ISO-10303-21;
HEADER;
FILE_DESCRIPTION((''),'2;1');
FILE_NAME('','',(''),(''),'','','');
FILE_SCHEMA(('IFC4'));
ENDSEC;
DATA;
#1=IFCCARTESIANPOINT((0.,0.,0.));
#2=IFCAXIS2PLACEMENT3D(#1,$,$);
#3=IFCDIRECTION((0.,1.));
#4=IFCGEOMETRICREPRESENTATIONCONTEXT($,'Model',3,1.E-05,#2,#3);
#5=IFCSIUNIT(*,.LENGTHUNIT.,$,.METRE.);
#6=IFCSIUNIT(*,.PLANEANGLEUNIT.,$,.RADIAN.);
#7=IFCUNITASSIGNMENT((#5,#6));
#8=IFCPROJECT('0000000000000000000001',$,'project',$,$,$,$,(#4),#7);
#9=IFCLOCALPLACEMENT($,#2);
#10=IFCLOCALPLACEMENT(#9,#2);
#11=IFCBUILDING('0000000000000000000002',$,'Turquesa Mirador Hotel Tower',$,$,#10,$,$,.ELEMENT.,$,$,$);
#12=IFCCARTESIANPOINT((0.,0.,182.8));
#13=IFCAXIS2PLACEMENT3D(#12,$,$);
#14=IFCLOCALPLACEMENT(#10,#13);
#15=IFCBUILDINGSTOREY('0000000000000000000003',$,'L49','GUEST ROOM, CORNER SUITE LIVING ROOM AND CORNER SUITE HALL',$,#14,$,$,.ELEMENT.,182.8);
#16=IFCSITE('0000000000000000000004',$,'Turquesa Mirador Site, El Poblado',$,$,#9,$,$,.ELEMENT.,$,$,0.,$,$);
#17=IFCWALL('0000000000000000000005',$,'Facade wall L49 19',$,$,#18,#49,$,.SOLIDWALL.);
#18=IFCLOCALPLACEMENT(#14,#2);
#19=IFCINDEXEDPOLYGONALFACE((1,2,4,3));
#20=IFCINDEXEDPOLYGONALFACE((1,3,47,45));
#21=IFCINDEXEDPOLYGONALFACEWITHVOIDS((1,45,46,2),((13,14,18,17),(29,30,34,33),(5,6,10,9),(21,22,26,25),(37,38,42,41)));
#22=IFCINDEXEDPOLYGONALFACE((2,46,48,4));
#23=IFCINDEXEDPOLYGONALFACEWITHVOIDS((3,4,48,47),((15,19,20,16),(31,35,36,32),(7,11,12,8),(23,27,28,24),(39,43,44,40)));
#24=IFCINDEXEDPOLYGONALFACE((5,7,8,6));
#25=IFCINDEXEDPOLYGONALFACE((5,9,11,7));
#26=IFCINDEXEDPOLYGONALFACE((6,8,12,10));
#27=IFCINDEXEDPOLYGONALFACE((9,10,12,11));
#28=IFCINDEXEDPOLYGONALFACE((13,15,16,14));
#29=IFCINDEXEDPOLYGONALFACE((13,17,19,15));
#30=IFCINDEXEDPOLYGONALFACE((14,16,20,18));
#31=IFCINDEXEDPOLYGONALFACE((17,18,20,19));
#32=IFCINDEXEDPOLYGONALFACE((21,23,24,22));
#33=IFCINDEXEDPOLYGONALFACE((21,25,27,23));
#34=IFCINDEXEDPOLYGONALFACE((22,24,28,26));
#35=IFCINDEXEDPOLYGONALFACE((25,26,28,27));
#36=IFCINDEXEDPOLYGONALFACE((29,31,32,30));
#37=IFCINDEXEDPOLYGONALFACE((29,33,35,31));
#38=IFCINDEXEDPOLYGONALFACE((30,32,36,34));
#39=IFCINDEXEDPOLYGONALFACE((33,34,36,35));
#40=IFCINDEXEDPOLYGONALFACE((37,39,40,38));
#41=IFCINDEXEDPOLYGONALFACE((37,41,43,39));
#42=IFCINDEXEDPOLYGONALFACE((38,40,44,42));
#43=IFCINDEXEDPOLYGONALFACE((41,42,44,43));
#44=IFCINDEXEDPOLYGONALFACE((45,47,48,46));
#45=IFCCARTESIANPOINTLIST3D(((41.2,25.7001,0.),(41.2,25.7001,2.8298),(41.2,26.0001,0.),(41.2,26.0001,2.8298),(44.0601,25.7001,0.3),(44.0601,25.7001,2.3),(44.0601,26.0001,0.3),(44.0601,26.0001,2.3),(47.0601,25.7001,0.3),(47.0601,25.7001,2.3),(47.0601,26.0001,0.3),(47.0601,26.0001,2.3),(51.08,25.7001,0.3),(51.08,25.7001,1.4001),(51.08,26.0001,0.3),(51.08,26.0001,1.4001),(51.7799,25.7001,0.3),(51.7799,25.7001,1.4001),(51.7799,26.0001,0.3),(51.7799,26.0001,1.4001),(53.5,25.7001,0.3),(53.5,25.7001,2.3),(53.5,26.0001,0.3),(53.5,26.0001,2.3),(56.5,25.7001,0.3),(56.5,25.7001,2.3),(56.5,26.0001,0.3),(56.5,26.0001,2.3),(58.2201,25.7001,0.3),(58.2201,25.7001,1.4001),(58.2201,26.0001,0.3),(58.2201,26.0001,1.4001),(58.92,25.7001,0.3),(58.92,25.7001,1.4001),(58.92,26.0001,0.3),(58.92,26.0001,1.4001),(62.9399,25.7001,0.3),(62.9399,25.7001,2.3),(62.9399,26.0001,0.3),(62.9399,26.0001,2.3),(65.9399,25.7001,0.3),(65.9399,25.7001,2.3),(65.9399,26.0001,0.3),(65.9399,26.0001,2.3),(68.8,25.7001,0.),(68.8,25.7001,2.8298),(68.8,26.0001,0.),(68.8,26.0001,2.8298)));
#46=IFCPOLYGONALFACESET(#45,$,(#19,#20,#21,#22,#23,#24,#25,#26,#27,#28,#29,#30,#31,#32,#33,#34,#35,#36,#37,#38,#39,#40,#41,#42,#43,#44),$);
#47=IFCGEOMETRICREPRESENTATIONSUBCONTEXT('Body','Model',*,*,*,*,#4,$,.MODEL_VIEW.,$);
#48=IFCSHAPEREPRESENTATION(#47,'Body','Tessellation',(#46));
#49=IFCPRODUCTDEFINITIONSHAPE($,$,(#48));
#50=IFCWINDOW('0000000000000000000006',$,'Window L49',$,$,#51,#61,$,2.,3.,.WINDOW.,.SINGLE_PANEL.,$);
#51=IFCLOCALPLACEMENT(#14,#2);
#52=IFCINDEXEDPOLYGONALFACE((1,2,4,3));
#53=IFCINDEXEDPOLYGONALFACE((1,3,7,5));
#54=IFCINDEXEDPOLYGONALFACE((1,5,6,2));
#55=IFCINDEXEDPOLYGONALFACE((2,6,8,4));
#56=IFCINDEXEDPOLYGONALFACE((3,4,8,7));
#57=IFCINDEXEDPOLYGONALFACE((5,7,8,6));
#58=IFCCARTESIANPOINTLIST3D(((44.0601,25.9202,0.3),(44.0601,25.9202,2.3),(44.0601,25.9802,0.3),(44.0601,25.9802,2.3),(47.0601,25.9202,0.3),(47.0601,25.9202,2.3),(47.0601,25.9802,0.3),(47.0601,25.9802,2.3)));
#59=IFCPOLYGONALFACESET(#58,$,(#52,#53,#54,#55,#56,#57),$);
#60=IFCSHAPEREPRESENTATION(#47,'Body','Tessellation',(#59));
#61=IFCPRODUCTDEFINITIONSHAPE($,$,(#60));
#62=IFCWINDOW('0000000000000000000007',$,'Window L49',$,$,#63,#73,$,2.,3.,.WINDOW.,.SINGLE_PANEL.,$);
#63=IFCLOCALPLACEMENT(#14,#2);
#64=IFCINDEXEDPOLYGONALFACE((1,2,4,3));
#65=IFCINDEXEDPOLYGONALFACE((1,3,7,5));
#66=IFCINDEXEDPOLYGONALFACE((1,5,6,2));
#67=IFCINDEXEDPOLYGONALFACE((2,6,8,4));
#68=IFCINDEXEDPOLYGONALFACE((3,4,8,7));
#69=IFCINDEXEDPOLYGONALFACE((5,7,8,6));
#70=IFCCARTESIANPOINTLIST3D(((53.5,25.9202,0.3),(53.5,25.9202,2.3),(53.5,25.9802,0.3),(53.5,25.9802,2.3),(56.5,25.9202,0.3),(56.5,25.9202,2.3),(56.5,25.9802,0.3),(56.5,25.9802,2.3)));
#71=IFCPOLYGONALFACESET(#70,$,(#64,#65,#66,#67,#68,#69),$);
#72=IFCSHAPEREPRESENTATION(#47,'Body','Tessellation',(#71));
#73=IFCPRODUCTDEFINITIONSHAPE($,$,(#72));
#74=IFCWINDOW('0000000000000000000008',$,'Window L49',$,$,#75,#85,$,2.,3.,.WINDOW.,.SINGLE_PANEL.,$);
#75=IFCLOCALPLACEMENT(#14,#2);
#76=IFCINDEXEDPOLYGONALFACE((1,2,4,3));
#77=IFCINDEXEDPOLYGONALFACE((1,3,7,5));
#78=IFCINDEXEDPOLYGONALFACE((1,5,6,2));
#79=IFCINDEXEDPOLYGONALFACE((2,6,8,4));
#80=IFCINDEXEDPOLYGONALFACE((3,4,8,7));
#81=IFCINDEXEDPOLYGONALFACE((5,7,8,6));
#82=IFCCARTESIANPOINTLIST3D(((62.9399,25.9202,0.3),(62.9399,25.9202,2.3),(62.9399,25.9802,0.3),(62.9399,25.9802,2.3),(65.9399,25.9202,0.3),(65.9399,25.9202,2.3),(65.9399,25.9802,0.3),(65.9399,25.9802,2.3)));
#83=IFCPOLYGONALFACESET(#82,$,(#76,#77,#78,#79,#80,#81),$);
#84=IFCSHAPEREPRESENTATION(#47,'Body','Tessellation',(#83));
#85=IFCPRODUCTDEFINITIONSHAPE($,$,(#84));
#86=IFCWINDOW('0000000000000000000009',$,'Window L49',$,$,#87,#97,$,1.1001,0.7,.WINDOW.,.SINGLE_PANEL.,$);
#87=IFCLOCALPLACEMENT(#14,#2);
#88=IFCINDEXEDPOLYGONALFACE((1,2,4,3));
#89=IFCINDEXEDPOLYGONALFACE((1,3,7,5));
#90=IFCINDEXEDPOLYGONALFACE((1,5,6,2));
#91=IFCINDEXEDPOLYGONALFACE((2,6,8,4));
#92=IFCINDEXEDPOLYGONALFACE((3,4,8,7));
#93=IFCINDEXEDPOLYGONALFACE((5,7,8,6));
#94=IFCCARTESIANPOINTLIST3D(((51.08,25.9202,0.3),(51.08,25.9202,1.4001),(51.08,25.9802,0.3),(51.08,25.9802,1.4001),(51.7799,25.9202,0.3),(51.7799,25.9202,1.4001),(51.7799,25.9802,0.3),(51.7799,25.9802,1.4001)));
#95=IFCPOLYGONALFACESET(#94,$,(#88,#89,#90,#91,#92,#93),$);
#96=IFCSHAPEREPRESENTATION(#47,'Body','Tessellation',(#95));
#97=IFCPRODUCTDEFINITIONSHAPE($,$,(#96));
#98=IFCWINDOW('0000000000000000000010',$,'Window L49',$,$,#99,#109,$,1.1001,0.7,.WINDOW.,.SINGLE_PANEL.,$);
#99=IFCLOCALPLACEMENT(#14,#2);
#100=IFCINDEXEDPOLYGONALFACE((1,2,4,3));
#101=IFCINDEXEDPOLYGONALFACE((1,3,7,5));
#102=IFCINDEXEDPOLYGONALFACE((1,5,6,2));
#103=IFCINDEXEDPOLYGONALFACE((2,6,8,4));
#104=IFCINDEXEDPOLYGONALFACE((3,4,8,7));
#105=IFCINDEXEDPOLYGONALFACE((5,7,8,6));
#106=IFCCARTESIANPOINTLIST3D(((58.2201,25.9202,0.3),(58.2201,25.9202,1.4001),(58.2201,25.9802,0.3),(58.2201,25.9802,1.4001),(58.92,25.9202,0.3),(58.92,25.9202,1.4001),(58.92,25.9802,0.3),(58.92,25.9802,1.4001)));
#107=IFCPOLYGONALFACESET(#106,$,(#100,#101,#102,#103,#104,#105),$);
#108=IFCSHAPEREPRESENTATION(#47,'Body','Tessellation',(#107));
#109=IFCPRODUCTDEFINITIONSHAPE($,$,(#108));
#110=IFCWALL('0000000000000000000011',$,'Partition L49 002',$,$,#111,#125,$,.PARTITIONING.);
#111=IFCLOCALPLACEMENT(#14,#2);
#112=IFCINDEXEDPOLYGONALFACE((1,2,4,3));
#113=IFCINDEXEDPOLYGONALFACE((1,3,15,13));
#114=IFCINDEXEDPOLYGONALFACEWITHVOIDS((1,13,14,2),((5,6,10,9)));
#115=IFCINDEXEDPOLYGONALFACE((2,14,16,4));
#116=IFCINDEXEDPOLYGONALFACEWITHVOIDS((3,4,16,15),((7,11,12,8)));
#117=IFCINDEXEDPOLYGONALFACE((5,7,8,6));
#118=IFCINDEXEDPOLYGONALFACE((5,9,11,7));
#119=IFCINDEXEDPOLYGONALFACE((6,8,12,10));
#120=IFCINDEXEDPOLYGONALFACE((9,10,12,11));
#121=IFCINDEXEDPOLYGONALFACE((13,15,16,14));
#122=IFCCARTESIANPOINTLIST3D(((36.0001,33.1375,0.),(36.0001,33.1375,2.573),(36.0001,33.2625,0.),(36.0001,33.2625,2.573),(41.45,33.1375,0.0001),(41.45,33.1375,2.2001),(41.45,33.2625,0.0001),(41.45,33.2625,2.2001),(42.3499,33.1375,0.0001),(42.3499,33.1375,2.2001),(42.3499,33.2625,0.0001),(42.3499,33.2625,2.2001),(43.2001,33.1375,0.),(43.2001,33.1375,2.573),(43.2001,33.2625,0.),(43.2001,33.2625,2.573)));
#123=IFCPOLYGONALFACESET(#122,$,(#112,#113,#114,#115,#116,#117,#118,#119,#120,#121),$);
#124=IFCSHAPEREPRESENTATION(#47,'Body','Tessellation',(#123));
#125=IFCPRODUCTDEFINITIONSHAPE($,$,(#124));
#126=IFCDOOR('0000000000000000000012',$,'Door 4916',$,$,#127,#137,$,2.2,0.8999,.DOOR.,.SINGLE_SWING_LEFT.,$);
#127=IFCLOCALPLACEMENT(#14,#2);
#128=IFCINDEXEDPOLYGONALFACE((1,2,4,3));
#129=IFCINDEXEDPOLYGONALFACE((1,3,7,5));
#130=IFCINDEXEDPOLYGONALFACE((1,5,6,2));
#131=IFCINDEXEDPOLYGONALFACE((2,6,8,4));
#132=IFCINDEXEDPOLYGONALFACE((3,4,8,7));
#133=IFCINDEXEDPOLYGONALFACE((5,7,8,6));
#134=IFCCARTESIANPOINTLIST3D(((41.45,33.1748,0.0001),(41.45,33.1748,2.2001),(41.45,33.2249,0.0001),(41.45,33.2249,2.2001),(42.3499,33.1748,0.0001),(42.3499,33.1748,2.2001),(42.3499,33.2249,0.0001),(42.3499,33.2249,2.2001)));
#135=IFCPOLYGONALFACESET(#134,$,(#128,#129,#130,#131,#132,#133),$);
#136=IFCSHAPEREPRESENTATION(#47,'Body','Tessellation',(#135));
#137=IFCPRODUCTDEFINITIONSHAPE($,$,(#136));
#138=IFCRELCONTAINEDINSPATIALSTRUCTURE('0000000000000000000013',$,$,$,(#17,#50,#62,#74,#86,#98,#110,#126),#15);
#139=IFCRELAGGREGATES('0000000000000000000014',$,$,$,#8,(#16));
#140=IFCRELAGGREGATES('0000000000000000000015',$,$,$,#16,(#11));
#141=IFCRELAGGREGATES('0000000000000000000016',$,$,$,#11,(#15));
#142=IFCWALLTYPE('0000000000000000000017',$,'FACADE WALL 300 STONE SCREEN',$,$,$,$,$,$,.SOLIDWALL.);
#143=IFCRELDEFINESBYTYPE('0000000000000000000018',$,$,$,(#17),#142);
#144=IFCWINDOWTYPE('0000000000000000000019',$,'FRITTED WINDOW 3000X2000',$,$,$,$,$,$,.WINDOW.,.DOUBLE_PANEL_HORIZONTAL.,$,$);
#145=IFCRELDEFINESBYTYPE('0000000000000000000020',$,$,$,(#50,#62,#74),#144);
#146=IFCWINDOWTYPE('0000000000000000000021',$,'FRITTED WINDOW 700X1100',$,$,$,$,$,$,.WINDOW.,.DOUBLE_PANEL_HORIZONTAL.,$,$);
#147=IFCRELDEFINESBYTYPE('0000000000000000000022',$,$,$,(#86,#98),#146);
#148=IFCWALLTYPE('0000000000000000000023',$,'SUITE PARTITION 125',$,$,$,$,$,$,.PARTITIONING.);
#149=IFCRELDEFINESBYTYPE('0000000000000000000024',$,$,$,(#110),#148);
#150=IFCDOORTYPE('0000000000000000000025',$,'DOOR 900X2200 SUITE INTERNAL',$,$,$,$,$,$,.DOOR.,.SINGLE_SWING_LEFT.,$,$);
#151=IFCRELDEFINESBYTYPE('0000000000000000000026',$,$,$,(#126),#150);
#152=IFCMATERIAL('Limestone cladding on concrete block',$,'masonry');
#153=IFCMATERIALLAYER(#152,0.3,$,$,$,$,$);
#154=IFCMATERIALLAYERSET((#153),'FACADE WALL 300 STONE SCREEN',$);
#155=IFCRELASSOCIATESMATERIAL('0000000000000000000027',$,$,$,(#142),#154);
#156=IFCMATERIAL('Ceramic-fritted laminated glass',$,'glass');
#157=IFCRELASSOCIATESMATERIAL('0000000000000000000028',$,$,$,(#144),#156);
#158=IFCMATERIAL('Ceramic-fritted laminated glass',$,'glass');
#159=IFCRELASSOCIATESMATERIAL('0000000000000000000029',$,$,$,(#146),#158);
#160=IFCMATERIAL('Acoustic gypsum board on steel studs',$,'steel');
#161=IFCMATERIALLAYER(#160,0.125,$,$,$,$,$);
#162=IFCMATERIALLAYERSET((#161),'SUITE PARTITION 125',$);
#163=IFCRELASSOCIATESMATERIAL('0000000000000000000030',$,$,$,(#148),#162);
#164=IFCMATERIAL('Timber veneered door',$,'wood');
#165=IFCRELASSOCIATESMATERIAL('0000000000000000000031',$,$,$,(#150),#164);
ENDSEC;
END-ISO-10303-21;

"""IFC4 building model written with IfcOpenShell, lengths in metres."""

from ifc_helpers import new_model, si_unit, direction, frame, frame_2d, origin, place, context, subcontext, project, spatial, rectangle, extrude, material, layer, layer_set, type_object, element, fill, save


model = new_model("IFC4")

# Units and contexts
model_context = context("Model", 3, precision=1e-05, world=origin(), true_north=direction((0.0, 1.0)))
body_context = subcontext(model_context, "Body", "Model", "MODEL_VIEW")
ifc_project = project(units=[si_unit("LENGTHUNIT", "METRE"), si_unit("PLANEANGLEUNIT", "RADIAN")], contexts=[model_context])

# Site, building, storey
site_placement = place(None, origin())
site = spatial("IfcSite", under=ifc_project, at=site_placement, Name="Turquesa Mirador Site, El Poblado", CompositionType="ELEMENT", RefElevation=0.0)
building_placement = place(site_placement, origin())
building = spatial("IfcBuilding", under=site, at=building_placement, Name="Turquesa Mirador Hotel Tower", CompositionType="ELEMENT")
storey_placement = place(building_placement, frame((0.0, 0.0, 182.8)))
storey = spatial("IfcBuildingStorey", under=building, at=storey_placement, Name="L49", Description="GUEST ROOM, CORNER SUITE LIVING ROOM AND CORNER SUITE HALL", CompositionType="ELEMENT", Elevation=182.8)

# Shared definitions
ifc_material_1 = material(Name="Limestone cladding on concrete block", Category="masonry")
ifc_layer_1 = layer(ifc_material_1, 0.3)
ifc_layer_set_1 = layer_set([ifc_layer_1], Name="FACADE WALL 300 STONE SCREEN")
wall_type_1 = type_object("IfcWallType", Name="FACADE WALL 300 STONE SCREEN", PredefinedType="SOLIDWALL", material=ifc_layer_set_1)

# Wall, openings, windows
wall_1_placement = place(storey_placement, frame((41.2, 25.8501, 0.0), z_axis=(0.0, 0.0, 1.0), x_axis=(1.0, 0.0, 0.0)))
wall_1 = element("IfcWall", 1, at=wall_1_placement, inside=storey, type_object=wall_type_1, Name="Facade wall L49 19", PredefinedType="SOLIDWALL", context=body_context, shape_type="SweptSolid", body=[
    extrude(rectangle(XDim=27.6001, YDim=0.3, at=frame_2d((13.8, 0.0))), origin(), (0.0, 0.0, 1.0), 2.8298),
])
opening_1_placement = place(wall_1_placement, frame((2.8601, 0.0, 0.3)))
opening_1 = element("IfcOpeningElement", 2, at=opening_1_placement, cuts=wall_1, PredefinedType="OPENING", context=body_context, shape_type="SweptSolid", body=[
    extrude(rectangle(XDim=3.0, YDim=2.0, at=frame_2d((1.5, 1.0))), frame((0.0, 0.1599, 0.0), z_axis=(0.0, -1.0, 0.0), x_axis=(1.0, 0.0, 0.0)), (0.0, 0.0, 1.0), 0.3201),
])
opening_2_placement = place(wall_1_placement, frame((9.8799, 0.0, 0.3)))
opening_2 = element("IfcOpeningElement", 3, at=opening_2_placement, cuts=wall_1, PredefinedType="OPENING", context=body_context, shape_type="SweptSolid", body=[
    extrude(rectangle(XDim=0.7, YDim=1.1001, at=frame_2d((0.3501, 0.55))), frame((0.0, 0.1599, 0.0), z_axis=(0.0, -1.0, 0.0), x_axis=(1.0, 0.0, 0.0)), (0.0, 0.0, 1.0), 0.3201),
])
opening_3_placement = place(wall_1_placement, frame((12.3, 0.0, 0.3)))
opening_3 = element("IfcOpeningElement", 4, at=opening_3_placement, cuts=wall_1, PredefinedType="OPENING", context=body_context, shape_type="SweptSolid", body=[
    extrude(rectangle(XDim=3.0, YDim=2.0, at=frame_2d((1.5, 1.0))), frame((0.0, 0.1599, 0.0), z_axis=(0.0, -1.0, 0.0), x_axis=(1.0, 0.0, 0.0)), (0.0, 0.0, 1.0), 0.3201),
])
opening_4_placement = place(wall_1_placement, frame((17.02, 0.0, 0.3)))
opening_4 = element("IfcOpeningElement", 5, at=opening_4_placement, cuts=wall_1, PredefinedType="OPENING", context=body_context, shape_type="SweptSolid", body=[
    extrude(rectangle(XDim=0.7, YDim=1.1001, at=frame_2d((0.3501, 0.55))), frame((0.0, 0.1599, 0.0), z_axis=(0.0, -1.0, 0.0), x_axis=(1.0, 0.0, 0.0)), (0.0, 0.0, 1.0), 0.3201),
])
opening_5_placement = place(wall_1_placement, frame((21.74, 0.0, 0.3)))
opening_5 = element("IfcOpeningElement", 6, at=opening_5_placement, cuts=wall_1, PredefinedType="OPENING", context=body_context, shape_type="SweptSolid", body=[
    extrude(rectangle(XDim=3.0, YDim=2.0, at=frame_2d((1.5, 1.0))), frame((0.0, 0.1599, 0.0), z_axis=(0.0, -1.0, 0.0), x_axis=(1.0, 0.0, 0.0)), (0.0, 0.0, 1.0), 0.3201),
])
ifc_material_2 = material(Name="Ceramic-fritted laminated glass", Category="glass")
window_type_1 = type_object("IfcWindowType", Name="FRITTED WINDOW 3000X2000", PartitioningType="DOUBLE_PANEL_HORIZONTAL", PredefinedType="WINDOW", material=ifc_material_2)
window_1_placement = place(opening_1_placement, origin())
window_1 = element("IfcWindow", 7, at=window_1_placement, inside=storey, type_object=window_type_1, Name="Window L49", OverallHeight=2.0, OverallWidth=3.0, PartitioningType="SINGLE_PANEL", PredefinedType="WINDOW", context=body_context, shape_type="SweptSolid", body=[
    extrude(rectangle(XDim=3.0, YDim=2.0, at=frame_2d((1.5, 1.0))), frame((0.0, 0.1301, 0.0), z_axis=(0.0, -1.0, 0.0), x_axis=(1.0, 0.0, 0.0)), (0.0, 0.0, 1.0), 0.0601),
])
fill(opening_1, window_1)
window_2_placement = place(opening_3_placement, origin())
window_2 = element("IfcWindow", 8, at=window_2_placement, inside=storey, type_object=window_type_1, Name="Window L49", OverallHeight=2.0, OverallWidth=3.0, PartitioningType="SINGLE_PANEL", PredefinedType="WINDOW", context=body_context, shape_type="SweptSolid", body=[
    extrude(rectangle(XDim=3.0, YDim=2.0, at=frame_2d((1.5, 1.0))), frame((0.0, 0.1301, 0.0), z_axis=(0.0, -1.0, 0.0), x_axis=(1.0, 0.0, 0.0)), (0.0, 0.0, 1.0), 0.0601),
])
fill(opening_3, window_2)
window_3_placement = place(opening_5_placement, origin())
window_3 = element("IfcWindow", 9, at=window_3_placement, inside=storey, type_object=window_type_1, Name="Window L49", OverallHeight=2.0, OverallWidth=3.0, PartitioningType="SINGLE_PANEL", PredefinedType="WINDOW", context=body_context, shape_type="SweptSolid", body=[
    extrude(rectangle(XDim=3.0, YDim=2.0, at=frame_2d((1.5, 1.0))), frame((0.0, 0.1301, 0.0), z_axis=(0.0, -1.0, 0.0), x_axis=(1.0, 0.0, 0.0)), (0.0, 0.0, 1.0), 0.0601),
])
fill(opening_5, window_3)
ifc_material_3 = material(Name="Ceramic-fritted laminated glass", Category="glass")
window_type_2 = type_object("IfcWindowType", Name="FRITTED WINDOW 700X1100", PartitioningType="DOUBLE_PANEL_HORIZONTAL", PredefinedType="WINDOW", material=ifc_material_3)
window_4_placement = place(opening_2_placement, origin())
window_4 = element("IfcWindow", 10, at=window_4_placement, inside=storey, type_object=window_type_2, Name="Window L49", OverallHeight=1.1001, OverallWidth=0.7, PartitioningType="SINGLE_PANEL", PredefinedType="WINDOW", context=body_context, shape_type="SweptSolid", body=[
    extrude(rectangle(XDim=0.7, YDim=1.1001, at=frame_2d((0.3501, 0.55))), frame((0.0, 0.1301, 0.0), z_axis=(0.0, -1.0, 0.0), x_axis=(1.0, 0.0, 0.0)), (0.0, 0.0, 1.0), 0.0601),
])
fill(opening_2, window_4)
window_5_placement = place(opening_4_placement, origin())
window_5 = element("IfcWindow", 11, at=window_5_placement, inside=storey, type_object=window_type_2, Name="Window L49", OverallHeight=1.1001, OverallWidth=0.7, PartitioningType="SINGLE_PANEL", PredefinedType="WINDOW", context=body_context, shape_type="SweptSolid", body=[
    extrude(rectangle(XDim=0.7, YDim=1.1001, at=frame_2d((0.3501, 0.55))), frame((0.0, 0.1301, 0.0), z_axis=(0.0, -1.0, 0.0), x_axis=(1.0, 0.0, 0.0)), (0.0, 0.0, 1.0), 0.0601),
])
fill(opening_4, window_5)

# Wall, opening, door
ifc_material_4 = material(Name="Acoustic gypsum board on steel studs", Category="steel")
ifc_layer_2 = layer(ifc_material_4, 0.125)
ifc_layer_set_2 = layer_set([ifc_layer_2], Name="SUITE PARTITION 125")
wall_type_2 = type_object("IfcWallType", Name="SUITE PARTITION 125", PredefinedType="PARTITIONING", material=ifc_layer_set_2)
wall_2_placement = place(storey_placement, frame((36.0, 33.2, 0.0), z_axis=(0.0, 0.0, 1.0), x_axis=(1.0, 0.0, 0.0)))
wall_2 = element("IfcWall", 12, at=wall_2_placement, inside=storey, type_object=wall_type_2, Name="Partition L49 002", PredefinedType="PARTITIONING", context=body_context, shape_type="SweptSolid", body=[
    extrude(rectangle(XDim=7.2, YDim=0.125, at=frame_2d((3.6001, 0.0))), origin(), (0.0, 0.0, 1.0), 2.573),
])
opening_6_placement = place(wall_2_placement, frame((5.45, 0.0, 0.0)))
opening_6 = element("IfcOpeningElement", 13, at=opening_6_placement, cuts=wall_2, PredefinedType="OPENING", context=body_context, shape_type="SweptSolid", body=[
    extrude(rectangle(XDim=0.8999, YDim=2.2, at=frame_2d((0.45, 1.1001))), frame((0.0, 0.0725, 0.0), z_axis=(0.0, -1.0, 0.0), x_axis=(1.0, 0.0, 0.0)), (0.0, 0.0, 1.0), 0.145),
])
ifc_material_5 = material(Name="Timber veneered door", Category="wood")
door_type = type_object("IfcDoorType", Name="DOOR 900X2200 SUITE INTERNAL", OperationType="SINGLE_SWING_LEFT", PredefinedType="DOOR", material=ifc_material_5)
door_placement = place(opening_6_placement, origin())
door = element("IfcDoor", 14, at=door_placement, inside=storey, type_object=door_type, Name="Door 4916", OperationType="SINGLE_SWING_LEFT", OverallHeight=2.2, OverallWidth=0.8999, PredefinedType="DOOR", context=body_context, shape_type="SweptSolid", body=[
    extrude(rectangle(XDim=0.8999, YDim=2.2, at=frame_2d((0.45, 1.1001))), frame((0.0, 0.0249, 0.0), z_axis=(0.0, -1.0, 0.0), x_axis=(1.0, 0.0, 0.0)), (0.0, 0.0, 1.0), 0.05),
])
fill(opening_6, door)

save(model, "model.ifc")
